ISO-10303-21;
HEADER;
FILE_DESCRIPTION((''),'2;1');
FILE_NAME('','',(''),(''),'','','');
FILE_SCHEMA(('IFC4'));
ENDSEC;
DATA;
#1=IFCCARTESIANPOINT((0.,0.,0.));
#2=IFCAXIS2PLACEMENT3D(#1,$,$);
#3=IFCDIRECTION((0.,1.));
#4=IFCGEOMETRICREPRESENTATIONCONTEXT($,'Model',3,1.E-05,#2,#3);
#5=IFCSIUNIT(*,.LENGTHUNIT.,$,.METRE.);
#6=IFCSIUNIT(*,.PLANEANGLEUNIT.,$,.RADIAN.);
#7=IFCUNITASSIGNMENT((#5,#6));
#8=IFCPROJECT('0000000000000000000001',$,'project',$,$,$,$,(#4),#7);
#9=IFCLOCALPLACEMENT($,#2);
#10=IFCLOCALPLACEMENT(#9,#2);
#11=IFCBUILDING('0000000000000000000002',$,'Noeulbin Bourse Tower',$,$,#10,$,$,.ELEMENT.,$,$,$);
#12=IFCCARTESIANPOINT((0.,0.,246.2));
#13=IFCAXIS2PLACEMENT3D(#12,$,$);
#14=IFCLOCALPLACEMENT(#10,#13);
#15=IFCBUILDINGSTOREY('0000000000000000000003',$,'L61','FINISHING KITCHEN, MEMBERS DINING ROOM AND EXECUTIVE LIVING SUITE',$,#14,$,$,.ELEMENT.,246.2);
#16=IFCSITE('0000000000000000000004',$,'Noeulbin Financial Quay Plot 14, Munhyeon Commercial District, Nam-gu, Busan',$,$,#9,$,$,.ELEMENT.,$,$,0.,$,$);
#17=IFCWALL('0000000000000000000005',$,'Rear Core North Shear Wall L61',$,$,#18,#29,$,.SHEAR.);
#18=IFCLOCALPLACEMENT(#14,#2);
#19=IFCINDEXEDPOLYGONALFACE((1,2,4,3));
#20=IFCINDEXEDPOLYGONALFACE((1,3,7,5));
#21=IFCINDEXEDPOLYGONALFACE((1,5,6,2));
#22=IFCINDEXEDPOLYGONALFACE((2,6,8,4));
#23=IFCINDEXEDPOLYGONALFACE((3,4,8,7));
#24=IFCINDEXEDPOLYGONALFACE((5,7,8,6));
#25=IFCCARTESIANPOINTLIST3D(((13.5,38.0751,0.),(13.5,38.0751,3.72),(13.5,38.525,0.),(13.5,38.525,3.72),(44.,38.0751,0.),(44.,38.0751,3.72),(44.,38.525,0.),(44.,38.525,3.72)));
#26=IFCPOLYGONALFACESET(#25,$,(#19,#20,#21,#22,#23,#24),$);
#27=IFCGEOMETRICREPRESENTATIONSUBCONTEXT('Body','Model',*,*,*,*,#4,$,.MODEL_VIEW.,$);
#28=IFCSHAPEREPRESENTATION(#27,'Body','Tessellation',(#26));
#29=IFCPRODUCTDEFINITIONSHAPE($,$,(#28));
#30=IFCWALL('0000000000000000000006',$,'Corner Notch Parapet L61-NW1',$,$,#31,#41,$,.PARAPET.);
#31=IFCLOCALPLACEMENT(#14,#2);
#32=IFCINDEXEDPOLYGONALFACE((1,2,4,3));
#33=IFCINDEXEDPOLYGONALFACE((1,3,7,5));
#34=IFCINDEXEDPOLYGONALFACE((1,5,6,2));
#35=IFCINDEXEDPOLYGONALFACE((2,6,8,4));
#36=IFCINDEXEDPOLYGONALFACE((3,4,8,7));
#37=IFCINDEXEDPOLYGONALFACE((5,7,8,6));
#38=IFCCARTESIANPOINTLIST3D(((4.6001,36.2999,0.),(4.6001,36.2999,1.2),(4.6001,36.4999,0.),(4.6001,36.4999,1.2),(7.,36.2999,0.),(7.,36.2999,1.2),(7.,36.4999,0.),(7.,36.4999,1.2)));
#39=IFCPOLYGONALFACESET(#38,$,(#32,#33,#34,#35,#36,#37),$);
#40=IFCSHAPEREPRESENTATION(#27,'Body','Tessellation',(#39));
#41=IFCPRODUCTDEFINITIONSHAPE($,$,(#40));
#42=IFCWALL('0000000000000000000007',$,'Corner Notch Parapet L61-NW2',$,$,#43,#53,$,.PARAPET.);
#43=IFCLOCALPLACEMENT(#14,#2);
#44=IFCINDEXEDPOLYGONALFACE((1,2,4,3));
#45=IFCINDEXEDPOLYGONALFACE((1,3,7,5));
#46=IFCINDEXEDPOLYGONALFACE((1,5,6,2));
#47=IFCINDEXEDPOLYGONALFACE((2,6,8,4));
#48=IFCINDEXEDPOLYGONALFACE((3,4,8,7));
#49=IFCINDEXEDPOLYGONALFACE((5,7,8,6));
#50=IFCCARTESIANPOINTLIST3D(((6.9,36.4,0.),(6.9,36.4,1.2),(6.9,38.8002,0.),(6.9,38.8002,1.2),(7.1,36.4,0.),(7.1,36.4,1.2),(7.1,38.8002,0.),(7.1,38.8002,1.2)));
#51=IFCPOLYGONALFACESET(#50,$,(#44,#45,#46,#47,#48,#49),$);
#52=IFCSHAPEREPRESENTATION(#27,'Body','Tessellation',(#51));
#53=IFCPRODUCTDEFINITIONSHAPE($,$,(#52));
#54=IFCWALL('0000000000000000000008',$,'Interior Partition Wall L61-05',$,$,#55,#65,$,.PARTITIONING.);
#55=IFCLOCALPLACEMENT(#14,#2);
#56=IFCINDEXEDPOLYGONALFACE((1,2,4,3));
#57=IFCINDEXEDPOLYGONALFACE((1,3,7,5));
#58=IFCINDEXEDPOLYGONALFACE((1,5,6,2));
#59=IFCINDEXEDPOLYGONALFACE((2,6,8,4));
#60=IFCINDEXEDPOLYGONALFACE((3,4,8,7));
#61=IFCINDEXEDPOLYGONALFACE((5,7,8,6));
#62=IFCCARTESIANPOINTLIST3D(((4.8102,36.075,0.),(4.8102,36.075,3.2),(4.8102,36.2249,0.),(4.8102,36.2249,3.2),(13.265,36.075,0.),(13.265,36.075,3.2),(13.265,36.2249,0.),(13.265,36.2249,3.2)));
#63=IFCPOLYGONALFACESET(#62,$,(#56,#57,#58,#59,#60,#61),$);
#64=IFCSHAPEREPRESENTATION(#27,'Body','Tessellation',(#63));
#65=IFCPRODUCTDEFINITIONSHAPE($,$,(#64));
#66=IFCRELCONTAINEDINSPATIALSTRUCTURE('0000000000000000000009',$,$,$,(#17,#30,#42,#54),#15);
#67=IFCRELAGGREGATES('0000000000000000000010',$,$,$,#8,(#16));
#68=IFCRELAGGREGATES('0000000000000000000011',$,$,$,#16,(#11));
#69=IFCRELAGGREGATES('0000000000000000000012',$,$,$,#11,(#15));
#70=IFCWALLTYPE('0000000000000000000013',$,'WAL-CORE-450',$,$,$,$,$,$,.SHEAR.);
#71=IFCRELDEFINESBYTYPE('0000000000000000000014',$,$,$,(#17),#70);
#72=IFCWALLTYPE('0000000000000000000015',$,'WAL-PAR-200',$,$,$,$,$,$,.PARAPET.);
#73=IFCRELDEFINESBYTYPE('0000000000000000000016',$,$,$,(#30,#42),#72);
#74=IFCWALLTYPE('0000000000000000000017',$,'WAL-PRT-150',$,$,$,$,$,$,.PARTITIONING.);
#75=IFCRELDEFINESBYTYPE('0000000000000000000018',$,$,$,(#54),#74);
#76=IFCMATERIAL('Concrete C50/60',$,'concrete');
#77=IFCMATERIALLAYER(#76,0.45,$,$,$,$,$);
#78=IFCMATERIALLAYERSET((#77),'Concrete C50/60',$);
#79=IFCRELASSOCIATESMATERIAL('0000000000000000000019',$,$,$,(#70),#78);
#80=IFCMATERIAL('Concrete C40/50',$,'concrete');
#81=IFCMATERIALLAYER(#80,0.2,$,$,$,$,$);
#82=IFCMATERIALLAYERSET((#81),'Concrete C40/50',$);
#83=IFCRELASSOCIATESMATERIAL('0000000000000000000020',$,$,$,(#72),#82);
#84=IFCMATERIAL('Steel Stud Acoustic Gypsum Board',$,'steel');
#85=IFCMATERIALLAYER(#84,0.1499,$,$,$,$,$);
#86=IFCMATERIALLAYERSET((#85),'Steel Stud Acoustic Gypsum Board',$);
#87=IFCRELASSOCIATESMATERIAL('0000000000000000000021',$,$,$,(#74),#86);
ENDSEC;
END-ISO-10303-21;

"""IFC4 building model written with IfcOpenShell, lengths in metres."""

from ifc_helpers import new_model, si_unit, direction, frame, frame_2d, origin, place, context, subcontext, project, spatial, rectangle, extrude, material, layer, layer_set, type_object, element, save


model = new_model("IFC4")

# Units and contexts
model_context = context("Model", 3, precision=1e-05, world=origin(), true_north=direction((0.0, 1.0)))
body_context = subcontext(model_context, "Body", "Model", "MODEL_VIEW")
ifc_project = project(units=[si_unit("LENGTHUNIT", "METRE"), si_unit("PLANEANGLEUNIT", "RADIAN")], contexts=[model_context])

# Site, building, storey
site_placement = place(None, origin())
site = spatial("IfcSite", under=ifc_project, at=site_placement, Name="Noeulbin Financial Quay Plot 14, Munhyeon Commercial District, Nam-gu, Busan", CompositionType="ELEMENT", RefElevation=0.0)
building_placement = place(site_placement, origin())
building = spatial("IfcBuilding", under=site, at=building_placement, Name="Noeulbin Bourse Tower", CompositionType="ELEMENT")
storey_placement = place(building_placement, frame((0.0, 0.0, 246.2)))
storey = spatial("IfcBuildingStorey", under=building, at=storey_placement, Name="L61", Description="FINISHING KITCHEN, MEMBERS DINING ROOM AND EXECUTIVE LIVING SUITE", CompositionType="ELEMENT", Elevation=246.2)

# Walls
ifc_material_1 = material(Name="Concrete C50/60", Category="concrete")
ifc_layer_1 = layer(ifc_material_1, 0.45)
ifc_layer_set_1 = layer_set([ifc_layer_1], Name="Concrete C50/60")
wall_type_1 = type_object("IfcWallType", Name="WAL-CORE-450", PredefinedType="SHEAR", material=ifc_layer_set_1)
wall_1_placement = place(storey_placement, frame((13.5, 38.3, 0.0), z_axis=(0.0, 0.0, 1.0), x_axis=(1.0, 0.0, 0.0)))
element("IfcWall", 1, at=wall_1_placement, inside=storey, type_object=wall_type_1, Name="Rear Core North Shear Wall L61", PredefinedType="SHEAR", context=body_context, shape_type="SweptSolid", body=[
    extrude(rectangle(XDim=30.5, YDim=0.45, at=frame_2d((15.25, 0.0))), origin(), (0.0, 0.0, 1.0), 3.72),
])
ifc_material_2 = material(Name="Concrete C40/50", Category="concrete")
ifc_layer_2 = layer(ifc_material_2, 0.2)
ifc_layer_set_2 = layer_set([ifc_layer_2], Name="Concrete C40/50")
wall_type_2 = type_object("IfcWallType", Name="WAL-PAR-200", PredefinedType="PARAPET", material=ifc_layer_set_2)
wall_2_placement = place(storey_placement, frame((4.6001, 36.3999, 0.0), z_axis=(0.0, 0.0, 1.0), x_axis=(1.0, 0.0, 0.0)))
element("IfcWall", 2, at=wall_2_placement, inside=storey, type_object=wall_type_2, Name="Corner Notch Parapet L61-NW1", PredefinedType="PARAPET", context=body_context, shape_type="SweptSolid", body=[
    extrude(rectangle(XDim=2.3999, YDim=0.2, at=frame_2d((1.2, 0.0))), origin(), (0.0, 0.0, 1.0), 1.2),
])
wall_3_placement = place(storey_placement, frame((7.0, 36.3999, 0.0), z_axis=(0.0, 0.0, 1.0), x_axis=(0.0, 1.0, 0.0)))
element("IfcWall", 3, at=wall_3_placement, inside=storey, type_object=wall_type_2, Name="Corner Notch Parapet L61-NW2", PredefinedType="PARAPET", context=body_context, shape_type="SweptSolid", body=[
    extrude(rectangle(XDim=2.4001, YDim=0.2, at=frame_2d((1.2002, 0.0))), origin(), (0.0, 0.0, 1.0), 1.2),
])
ifc_material_3 = material(Name="Steel Stud Acoustic Gypsum Board", Category="steel")
ifc_layer_3 = layer(ifc_material_3, 0.1499)
ifc_layer_set_3 = layer_set([ifc_layer_3], Name="Steel Stud Acoustic Gypsum Board")
wall_type_3 = type_object("IfcWallType", Name="WAL-PRT-150", PredefinedType="PARTITIONING", material=ifc_layer_set_3)
wall_4_placement = place(storey_placement, frame((4.8101, 36.1499, 0.0), z_axis=(0.0, 0.0, 1.0), x_axis=(1.0, 0.0, 0.0)))
element("IfcWall", 4, at=wall_4_placement, inside=storey, type_object=wall_type_3, Name="Interior Partition Wall L61-05", PredefinedType="PARTITIONING", context=body_context, shape_type="SweptSolid", body=[
    extrude(rectangle(XDim=8.4548, YDim=0.1499, at=frame_2d((4.2275, 0.0))), origin(), (0.0, 0.0, 1.0), 3.2),
])

save(model, "model.ifc")
